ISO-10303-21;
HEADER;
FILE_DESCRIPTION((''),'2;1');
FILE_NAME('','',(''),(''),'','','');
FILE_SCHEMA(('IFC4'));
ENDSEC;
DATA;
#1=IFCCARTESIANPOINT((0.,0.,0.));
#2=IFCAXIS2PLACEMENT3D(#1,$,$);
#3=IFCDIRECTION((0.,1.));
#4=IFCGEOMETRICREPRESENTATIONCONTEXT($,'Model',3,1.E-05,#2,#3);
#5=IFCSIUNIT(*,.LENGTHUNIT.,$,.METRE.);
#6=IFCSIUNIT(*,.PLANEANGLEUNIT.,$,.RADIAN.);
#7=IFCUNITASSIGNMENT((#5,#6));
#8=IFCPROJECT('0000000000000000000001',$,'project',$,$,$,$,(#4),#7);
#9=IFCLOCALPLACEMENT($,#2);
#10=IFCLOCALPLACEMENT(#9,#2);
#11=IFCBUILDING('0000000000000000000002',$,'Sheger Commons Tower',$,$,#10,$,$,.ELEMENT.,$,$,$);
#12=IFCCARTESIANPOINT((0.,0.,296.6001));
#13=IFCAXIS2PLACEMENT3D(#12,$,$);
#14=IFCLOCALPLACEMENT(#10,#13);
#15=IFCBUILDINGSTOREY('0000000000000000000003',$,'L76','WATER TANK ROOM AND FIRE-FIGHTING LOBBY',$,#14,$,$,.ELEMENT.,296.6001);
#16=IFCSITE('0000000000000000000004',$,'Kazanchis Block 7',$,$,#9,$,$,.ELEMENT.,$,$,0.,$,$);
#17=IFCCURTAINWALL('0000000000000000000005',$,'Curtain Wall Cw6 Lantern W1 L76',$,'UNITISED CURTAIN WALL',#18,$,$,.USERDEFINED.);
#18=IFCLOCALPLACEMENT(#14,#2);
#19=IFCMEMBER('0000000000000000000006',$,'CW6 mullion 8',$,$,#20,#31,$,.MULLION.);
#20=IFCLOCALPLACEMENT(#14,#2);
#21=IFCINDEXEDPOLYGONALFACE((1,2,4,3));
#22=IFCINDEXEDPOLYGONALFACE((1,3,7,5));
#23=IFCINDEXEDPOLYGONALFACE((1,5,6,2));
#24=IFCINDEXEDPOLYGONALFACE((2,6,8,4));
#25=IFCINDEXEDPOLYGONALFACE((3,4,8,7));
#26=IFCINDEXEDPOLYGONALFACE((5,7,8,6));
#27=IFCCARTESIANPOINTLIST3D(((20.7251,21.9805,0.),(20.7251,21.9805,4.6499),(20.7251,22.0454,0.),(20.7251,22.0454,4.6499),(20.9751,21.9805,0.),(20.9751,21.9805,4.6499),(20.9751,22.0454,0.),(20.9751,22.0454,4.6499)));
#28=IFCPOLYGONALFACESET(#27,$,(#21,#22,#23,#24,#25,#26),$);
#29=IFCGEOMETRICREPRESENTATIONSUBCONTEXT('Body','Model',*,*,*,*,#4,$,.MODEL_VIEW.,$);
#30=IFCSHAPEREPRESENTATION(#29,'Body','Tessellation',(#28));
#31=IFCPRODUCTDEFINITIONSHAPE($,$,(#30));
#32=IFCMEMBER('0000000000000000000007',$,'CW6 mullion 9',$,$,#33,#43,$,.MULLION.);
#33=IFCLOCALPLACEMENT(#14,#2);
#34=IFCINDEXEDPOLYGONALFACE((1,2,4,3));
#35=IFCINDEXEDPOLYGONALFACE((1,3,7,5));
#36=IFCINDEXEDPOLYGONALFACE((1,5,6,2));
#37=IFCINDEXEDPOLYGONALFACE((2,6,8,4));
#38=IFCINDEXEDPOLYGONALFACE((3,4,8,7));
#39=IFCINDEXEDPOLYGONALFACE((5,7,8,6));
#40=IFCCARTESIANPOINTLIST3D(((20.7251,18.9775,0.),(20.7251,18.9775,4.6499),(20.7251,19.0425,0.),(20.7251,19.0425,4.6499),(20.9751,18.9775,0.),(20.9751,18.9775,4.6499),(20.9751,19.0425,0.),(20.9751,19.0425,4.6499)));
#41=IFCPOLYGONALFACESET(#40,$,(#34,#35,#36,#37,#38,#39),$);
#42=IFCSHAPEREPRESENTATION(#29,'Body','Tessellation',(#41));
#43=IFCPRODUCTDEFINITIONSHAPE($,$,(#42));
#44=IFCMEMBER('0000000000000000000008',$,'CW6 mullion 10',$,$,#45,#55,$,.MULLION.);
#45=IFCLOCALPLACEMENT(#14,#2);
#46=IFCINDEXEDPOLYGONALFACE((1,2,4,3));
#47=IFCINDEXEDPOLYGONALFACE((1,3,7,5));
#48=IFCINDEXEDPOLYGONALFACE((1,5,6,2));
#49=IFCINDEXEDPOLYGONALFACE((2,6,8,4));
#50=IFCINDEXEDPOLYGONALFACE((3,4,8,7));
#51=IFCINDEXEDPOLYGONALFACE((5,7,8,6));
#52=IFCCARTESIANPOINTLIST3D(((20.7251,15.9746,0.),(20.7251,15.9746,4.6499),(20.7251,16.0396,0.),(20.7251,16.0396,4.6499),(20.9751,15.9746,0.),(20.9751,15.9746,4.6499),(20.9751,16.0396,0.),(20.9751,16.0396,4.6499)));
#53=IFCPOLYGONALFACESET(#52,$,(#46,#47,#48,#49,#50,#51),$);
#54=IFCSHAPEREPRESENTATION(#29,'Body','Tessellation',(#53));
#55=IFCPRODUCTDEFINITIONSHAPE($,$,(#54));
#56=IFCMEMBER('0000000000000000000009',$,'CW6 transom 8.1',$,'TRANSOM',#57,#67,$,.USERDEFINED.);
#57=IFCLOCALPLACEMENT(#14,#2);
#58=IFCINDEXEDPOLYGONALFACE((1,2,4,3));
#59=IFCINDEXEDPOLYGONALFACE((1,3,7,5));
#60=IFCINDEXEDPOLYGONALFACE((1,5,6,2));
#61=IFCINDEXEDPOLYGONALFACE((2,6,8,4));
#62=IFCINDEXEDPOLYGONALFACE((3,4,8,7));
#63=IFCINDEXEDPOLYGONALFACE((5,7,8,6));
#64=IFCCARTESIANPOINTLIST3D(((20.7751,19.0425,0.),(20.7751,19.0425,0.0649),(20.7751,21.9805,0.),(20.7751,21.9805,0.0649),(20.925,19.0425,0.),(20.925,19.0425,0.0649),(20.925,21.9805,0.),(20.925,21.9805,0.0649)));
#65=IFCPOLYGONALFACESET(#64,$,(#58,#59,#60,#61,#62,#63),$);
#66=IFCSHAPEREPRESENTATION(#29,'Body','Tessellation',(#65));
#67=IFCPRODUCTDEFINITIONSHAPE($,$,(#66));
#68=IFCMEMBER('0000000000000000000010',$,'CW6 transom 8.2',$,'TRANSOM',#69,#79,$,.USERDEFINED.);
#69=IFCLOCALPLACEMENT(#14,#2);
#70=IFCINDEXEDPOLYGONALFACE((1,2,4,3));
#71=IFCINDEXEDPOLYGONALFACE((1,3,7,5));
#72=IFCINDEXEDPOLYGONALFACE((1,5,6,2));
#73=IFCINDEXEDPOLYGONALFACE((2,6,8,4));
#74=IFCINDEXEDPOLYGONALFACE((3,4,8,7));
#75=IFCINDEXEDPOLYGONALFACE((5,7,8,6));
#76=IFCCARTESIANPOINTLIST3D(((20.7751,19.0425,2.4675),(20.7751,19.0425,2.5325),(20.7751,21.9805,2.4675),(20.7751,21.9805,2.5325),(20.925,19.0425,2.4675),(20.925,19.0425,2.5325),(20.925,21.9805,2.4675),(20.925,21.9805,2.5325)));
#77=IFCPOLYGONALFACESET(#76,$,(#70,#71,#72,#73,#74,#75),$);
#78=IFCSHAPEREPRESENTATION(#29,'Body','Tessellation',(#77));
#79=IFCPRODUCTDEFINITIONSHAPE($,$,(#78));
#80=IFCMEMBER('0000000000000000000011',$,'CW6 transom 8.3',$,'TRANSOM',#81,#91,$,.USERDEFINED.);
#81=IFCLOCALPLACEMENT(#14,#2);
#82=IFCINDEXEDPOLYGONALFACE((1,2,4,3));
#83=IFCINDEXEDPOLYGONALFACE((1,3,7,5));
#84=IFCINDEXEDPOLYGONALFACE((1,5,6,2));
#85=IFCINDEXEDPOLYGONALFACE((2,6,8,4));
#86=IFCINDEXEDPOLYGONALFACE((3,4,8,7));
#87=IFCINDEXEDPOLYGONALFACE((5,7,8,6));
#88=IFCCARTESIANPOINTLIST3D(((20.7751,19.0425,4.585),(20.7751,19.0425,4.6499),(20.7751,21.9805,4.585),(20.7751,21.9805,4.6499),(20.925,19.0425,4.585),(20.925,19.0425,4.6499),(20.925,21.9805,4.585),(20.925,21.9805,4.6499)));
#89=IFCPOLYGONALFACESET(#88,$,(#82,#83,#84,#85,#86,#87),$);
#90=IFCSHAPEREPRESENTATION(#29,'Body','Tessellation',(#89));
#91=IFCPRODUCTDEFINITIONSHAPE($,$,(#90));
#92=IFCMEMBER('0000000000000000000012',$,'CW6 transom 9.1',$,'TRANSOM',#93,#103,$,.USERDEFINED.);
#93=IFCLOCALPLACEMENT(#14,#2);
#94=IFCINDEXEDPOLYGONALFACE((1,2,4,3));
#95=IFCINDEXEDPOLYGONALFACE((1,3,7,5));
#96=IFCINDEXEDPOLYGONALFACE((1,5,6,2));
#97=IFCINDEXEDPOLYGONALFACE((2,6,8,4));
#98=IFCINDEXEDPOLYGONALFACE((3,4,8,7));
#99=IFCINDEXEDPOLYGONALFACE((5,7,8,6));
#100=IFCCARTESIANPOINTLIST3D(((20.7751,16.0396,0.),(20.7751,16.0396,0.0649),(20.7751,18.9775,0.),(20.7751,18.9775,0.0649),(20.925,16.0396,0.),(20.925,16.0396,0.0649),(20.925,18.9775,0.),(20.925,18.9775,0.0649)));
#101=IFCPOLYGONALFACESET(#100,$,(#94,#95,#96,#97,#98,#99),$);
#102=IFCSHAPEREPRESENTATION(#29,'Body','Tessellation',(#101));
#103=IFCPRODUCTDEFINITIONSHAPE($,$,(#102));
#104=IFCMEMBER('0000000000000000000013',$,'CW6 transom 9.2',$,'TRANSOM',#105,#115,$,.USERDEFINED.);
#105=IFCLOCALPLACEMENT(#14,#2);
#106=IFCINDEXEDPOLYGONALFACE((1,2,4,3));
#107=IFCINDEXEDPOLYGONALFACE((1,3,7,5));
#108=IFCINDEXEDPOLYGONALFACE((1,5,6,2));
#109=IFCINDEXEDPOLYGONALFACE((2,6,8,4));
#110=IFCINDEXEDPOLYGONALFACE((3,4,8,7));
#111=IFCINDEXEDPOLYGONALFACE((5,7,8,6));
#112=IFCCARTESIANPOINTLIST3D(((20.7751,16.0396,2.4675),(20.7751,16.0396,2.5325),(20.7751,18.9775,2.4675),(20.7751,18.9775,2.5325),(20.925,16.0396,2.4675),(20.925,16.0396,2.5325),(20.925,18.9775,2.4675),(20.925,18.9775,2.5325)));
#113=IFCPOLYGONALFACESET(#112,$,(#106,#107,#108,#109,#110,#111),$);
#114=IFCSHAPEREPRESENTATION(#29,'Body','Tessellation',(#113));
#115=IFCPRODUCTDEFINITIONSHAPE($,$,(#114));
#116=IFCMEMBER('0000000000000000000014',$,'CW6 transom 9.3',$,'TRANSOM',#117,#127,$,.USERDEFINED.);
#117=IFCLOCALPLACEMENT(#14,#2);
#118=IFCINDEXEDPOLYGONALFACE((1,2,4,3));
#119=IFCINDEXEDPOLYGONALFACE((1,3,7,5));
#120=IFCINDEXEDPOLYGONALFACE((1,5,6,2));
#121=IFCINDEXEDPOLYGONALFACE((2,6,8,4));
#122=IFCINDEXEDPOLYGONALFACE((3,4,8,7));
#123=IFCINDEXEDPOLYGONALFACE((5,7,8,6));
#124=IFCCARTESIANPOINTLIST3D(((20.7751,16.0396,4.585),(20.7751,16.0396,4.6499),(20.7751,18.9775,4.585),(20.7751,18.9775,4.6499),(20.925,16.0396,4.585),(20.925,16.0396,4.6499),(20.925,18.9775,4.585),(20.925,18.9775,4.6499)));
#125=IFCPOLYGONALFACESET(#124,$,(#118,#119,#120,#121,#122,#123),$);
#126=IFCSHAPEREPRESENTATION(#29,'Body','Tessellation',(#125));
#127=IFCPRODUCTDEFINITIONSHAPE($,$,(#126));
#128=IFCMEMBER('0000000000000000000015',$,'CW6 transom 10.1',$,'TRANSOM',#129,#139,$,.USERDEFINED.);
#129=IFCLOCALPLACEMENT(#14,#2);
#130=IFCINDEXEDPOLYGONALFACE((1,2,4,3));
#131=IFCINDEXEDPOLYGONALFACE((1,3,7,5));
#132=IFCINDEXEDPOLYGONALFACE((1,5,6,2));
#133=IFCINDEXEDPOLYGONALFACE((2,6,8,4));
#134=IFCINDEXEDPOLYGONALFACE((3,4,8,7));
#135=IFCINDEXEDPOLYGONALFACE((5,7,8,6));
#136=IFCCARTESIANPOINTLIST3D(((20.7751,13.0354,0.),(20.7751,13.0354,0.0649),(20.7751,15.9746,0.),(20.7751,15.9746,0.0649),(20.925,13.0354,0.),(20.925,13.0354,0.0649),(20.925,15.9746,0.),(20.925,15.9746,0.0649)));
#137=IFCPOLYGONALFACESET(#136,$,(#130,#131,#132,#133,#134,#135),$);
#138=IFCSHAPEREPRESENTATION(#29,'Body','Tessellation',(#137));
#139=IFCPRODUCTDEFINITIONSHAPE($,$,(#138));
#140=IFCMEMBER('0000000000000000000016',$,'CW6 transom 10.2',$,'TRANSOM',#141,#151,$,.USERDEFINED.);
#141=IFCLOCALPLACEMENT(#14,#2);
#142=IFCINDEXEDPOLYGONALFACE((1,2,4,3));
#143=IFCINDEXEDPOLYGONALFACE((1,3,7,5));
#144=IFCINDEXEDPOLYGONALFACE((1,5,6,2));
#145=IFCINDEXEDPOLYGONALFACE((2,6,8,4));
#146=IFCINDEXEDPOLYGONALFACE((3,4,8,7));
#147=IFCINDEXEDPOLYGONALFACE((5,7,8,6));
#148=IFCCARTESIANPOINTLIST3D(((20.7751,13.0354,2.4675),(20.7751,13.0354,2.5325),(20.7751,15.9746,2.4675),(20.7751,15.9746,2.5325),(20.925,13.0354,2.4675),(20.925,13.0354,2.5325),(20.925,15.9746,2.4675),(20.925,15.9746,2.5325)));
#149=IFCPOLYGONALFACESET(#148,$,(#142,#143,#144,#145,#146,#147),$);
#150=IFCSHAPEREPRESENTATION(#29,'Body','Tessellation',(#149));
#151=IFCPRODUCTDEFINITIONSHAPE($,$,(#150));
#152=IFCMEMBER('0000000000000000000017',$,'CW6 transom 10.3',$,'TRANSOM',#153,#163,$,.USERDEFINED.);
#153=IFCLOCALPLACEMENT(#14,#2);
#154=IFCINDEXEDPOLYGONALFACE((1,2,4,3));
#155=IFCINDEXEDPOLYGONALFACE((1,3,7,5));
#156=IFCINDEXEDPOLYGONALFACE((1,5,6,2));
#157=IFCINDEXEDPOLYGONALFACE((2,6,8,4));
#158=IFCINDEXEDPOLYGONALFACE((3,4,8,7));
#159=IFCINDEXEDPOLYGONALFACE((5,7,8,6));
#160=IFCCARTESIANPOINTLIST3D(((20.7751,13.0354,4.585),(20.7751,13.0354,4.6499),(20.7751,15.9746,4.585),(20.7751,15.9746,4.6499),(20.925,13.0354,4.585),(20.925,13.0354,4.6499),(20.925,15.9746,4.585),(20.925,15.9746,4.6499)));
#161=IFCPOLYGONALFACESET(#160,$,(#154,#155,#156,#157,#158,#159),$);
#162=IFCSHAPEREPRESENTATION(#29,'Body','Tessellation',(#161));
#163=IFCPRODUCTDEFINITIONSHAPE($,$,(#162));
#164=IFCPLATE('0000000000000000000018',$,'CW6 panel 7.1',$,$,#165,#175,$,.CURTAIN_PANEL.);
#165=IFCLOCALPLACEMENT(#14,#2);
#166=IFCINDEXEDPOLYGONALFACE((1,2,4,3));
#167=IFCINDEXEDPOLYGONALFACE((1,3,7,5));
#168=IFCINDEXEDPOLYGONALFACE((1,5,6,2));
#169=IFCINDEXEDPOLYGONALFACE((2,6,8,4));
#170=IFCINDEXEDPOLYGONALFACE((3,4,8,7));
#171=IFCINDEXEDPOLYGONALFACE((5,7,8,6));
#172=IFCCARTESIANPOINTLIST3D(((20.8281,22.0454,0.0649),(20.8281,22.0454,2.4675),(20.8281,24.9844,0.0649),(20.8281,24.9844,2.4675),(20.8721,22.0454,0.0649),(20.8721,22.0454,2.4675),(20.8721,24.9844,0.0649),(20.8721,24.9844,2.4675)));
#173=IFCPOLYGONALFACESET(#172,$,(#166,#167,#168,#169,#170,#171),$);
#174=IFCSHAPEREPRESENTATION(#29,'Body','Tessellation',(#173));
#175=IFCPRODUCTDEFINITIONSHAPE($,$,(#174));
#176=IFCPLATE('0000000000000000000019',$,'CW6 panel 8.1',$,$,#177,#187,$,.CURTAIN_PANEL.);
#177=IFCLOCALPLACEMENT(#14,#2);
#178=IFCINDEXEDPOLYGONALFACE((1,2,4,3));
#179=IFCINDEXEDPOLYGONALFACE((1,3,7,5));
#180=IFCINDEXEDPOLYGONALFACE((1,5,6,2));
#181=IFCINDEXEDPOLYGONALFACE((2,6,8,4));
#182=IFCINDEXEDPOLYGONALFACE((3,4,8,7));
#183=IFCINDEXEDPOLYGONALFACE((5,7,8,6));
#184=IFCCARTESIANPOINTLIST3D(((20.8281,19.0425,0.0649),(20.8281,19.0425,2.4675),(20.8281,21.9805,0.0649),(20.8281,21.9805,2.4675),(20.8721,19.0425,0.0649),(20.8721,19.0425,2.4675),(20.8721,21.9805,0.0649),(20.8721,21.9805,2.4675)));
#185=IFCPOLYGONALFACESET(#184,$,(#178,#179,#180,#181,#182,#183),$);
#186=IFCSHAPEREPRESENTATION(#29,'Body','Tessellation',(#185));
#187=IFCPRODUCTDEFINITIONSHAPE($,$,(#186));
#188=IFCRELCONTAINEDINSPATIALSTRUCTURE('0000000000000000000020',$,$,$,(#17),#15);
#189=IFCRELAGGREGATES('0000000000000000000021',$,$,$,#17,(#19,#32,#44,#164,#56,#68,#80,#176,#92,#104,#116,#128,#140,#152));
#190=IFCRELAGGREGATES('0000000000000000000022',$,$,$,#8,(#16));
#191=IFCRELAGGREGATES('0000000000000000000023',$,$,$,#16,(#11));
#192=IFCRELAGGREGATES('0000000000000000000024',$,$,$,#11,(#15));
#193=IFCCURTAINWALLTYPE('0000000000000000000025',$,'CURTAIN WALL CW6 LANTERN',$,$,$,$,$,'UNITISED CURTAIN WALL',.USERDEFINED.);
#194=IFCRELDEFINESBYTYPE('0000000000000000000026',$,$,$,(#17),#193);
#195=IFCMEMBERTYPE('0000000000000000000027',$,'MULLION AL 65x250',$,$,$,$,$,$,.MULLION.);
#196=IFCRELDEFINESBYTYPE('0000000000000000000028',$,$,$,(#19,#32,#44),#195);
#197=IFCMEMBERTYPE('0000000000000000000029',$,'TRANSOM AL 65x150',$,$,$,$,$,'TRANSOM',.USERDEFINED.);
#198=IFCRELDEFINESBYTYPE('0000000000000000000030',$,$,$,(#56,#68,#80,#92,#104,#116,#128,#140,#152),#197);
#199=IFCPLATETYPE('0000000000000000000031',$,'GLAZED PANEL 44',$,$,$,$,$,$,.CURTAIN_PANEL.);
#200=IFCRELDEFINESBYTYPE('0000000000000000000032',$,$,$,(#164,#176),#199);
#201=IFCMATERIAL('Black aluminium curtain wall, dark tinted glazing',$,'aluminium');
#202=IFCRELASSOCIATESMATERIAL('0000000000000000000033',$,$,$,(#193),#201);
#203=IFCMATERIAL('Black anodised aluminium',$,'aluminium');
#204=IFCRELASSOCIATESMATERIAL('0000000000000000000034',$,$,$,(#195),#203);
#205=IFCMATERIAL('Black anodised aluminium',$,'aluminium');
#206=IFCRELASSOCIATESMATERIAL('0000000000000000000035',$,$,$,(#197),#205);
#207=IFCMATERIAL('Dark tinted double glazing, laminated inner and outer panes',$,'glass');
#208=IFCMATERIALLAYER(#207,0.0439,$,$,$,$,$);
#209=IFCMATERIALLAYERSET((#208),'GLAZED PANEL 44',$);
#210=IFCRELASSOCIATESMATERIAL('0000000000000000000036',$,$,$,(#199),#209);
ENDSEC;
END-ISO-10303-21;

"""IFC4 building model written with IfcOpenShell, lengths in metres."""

from ifc_helpers import new_model, si_unit, direction, frame, origin, origin_2d, place, context, subcontext, project, spatial, rectangle, extrude, material, layer, layer_set, material_profile, profile_set, type_object, element, aggregate, save


model = new_model("IFC4")

# Units and contexts
model_context = context("Model", 3, precision=1e-05, world=origin(), true_north=direction((0.0, 1.0)))
body_context = subcontext(model_context, "Body", "Model", "MODEL_VIEW")
ifc_project = project(units=[si_unit("LENGTHUNIT", "METRE"), si_unit("PLANEANGLEUNIT", "RADIAN")], contexts=[model_context])

# Site, building, storey
site_placement = place(None, origin())
site = spatial("IfcSite", under=ifc_project, at=site_placement, Name="Kazanchis Block 7", CompositionType="ELEMENT", RefElevation=0.0)
building_placement = place(site_placement, origin())
building = spatial("IfcBuilding", under=site, at=building_placement, Name="Sheger Commons Tower", CompositionType="ELEMENT")
storey_placement = place(building_placement, frame((0.0, 0.0, 296.6001)))
storey = spatial("IfcBuildingStorey", under=building, at=storey_placement, Name="L76", Description="WATER TANK ROOM AND FIRE-FIGHTING LOBBY", CompositionType="ELEMENT", Elevation=296.6001)

# Curtain wall, members, plates
ifc_material_1 = material(Name="Black aluminium curtain wall, dark tinted glazing", Category="aluminium")
curtain_wall_type = type_object("IfcCurtainWallType", Name="CURTAIN WALL CW6 LANTERN", ElementType="UNITISED CURTAIN WALL", PredefinedType="USERDEFINED", material=ifc_material_1)
curtain_wall_placement = place(storey_placement, origin())
curtain_wall = element("IfcCurtainWall", 1, at=curtain_wall_placement, inside=storey, type_object=curtain_wall_type, Name="Curtain Wall Cw6 Lantern W1 L76", ObjectType="UNITISED CURTAIN WALL", PredefinedType="USERDEFINED")
ifc_material_2 = material(Name="Black anodised aluminium", Category="aluminium")
ifc_material_profile_1 = material_profile(ifc_material_2, rectangle(XDim=0.25, YDim=0.0649, at=origin_2d()), Name="AL 65x250")
ifc_profile_set_1 = profile_set([ifc_material_profile_1], Name="Black anodised aluminium")
member_type_1 = type_object("IfcMemberType", Name="MULLION AL 65x250", PredefinedType="MULLION", material=ifc_profile_set_1)
member_1_placement = place(storey_placement, frame((20.8501, 22.0129, 0.0), z_axis=(0.0, 0.0, 1.0), x_axis=(1.0, 0.0, 0.0)))
member_1 = element("IfcMember", 2, at=member_1_placement, type_object=member_type_1, Name="CW6 mullion 8", PredefinedType="MULLION", context=body_context, shape_type="SweptSolid", body=[
    extrude(rectangle(XDim=0.25, YDim=0.0649, at=origin_2d()), origin(), (0.0, 0.0, 1.0), 4.6499),
])
member_2_placement = place(storey_placement, frame((20.8501, 19.01, 0.0), z_axis=(0.0, 0.0, 1.0), x_axis=(1.0, 0.0, 0.0)))
member_2 = element("IfcMember", 3, at=member_2_placement, type_object=member_type_1, Name="CW6 mullion 9", PredefinedType="MULLION", context=body_context, shape_type="SweptSolid", body=[
    extrude(rectangle(XDim=0.25, YDim=0.0649, at=origin_2d()), origin(), (0.0, 0.0, 1.0), 4.6499),
])
member_3_placement = place(storey_placement, frame((20.8501, 16.0071, 0.0), z_axis=(0.0, 0.0, 1.0), x_axis=(1.0, 0.0, 0.0)))
member_3 = element("IfcMember", 4, at=member_3_placement, type_object=member_type_1, Name="CW6 mullion 10", PredefinedType="MULLION", context=body_context, shape_type="SweptSolid", body=[
    extrude(rectangle(XDim=0.25, YDim=0.0649, at=origin_2d()), origin(), (0.0, 0.0, 1.0), 4.6499),
])
ifc_material_3 = material(Name="Black anodised aluminium", Category="aluminium")
ifc_material_profile_2 = material_profile(ifc_material_3, rectangle(XDim=0.1499, YDim=0.0649, at=origin_2d()), Name="AL 65x150")
ifc_profile_set_2 = profile_set([ifc_material_profile_2], Name="Black anodised aluminium")
member_type_2 = type_object("IfcMemberType", Name="TRANSOM AL 65x150", ElementType="TRANSOM", PredefinedType="USERDEFINED", material=ifc_profile_set_2)
member_4_placement = place(storey_placement, frame((20.8501, 21.9805, 0.0325), z_axis=(0.0, -1.0, 0.0), x_axis=(1.0, 0.0, 0.0)))
member_4 = element("IfcMember", 5, at=member_4_placement, type_object=member_type_2, Name="CW6 transom 8.1", ObjectType="TRANSOM", PredefinedType="USERDEFINED", context=body_context, shape_type="SweptSolid", body=[
    extrude(rectangle(XDim=0.1499, YDim=0.0649, at=origin_2d()), origin(), (0.0, 0.0, 1.0), 2.938),
])
member_5_placement = place(storey_placement, frame((20.8501, 21.9805, 2.5), z_axis=(0.0, -1.0, 0.0), x_axis=(1.0, 0.0, 0.0)))
member_5 = element("IfcMember", 6, at=member_5_placement, type_object=member_type_2, Name="CW6 transom 8.2", ObjectType="TRANSOM", PredefinedType="USERDEFINED", context=body_context, shape_type="SweptSolid", body=[
    extrude(rectangle(XDim=0.1499, YDim=0.0649, at=origin_2d()), origin(), (0.0, 0.0, 1.0), 2.938),
])
member_6_placement = place(storey_placement, frame((20.8501, 21.9805, 4.6174), z_axis=(0.0, -1.0, 0.0), x_axis=(1.0, 0.0, 0.0)))
member_6 = element("IfcMember", 7, at=member_6_placement, type_object=member_type_2, Name="CW6 transom 8.3", ObjectType="TRANSOM", PredefinedType="USERDEFINED", context=body_context, shape_type="SweptSolid", body=[
    extrude(rectangle(XDim=0.1499, YDim=0.0649, at=origin_2d()), origin(), (0.0, 0.0, 1.0), 2.938),
])
member_7_placement = place(storey_placement, frame((20.8501, 18.9775, 0.0325), z_axis=(0.0, -1.0, 0.0), x_axis=(1.0, 0.0, 0.0)))
member_7 = element("IfcMember", 8, at=member_7_placement, type_object=member_type_2, Name="CW6 transom 9.1", ObjectType="TRANSOM", PredefinedType="USERDEFINED", context=body_context, shape_type="SweptSolid", body=[
    extrude(rectangle(XDim=0.1499, YDim=0.0649, at=origin_2d()), origin(), (0.0, 0.0, 1.0), 2.938),
])
member_8_placement = place(storey_placement, frame((20.8501, 18.9775, 2.5), z_axis=(0.0, -1.0, 0.0), x_axis=(1.0, 0.0, 0.0)))
member_8 = element("IfcMember", 9, at=member_8_placement, type_object=member_type_2, Name="CW6 transom 9.2", ObjectType="TRANSOM", PredefinedType="USERDEFINED", context=body_context, shape_type="SweptSolid", body=[
    extrude(rectangle(XDim=0.1499, YDim=0.0649, at=origin_2d()), origin(), (0.0, 0.0, 1.0), 2.938),
])
member_9_placement = place(storey_placement, frame((20.8501, 18.9775, 4.6174), z_axis=(0.0, -1.0, 0.0), x_axis=(1.0, 0.0, 0.0)))
member_9 = element("IfcMember", 10, at=member_9_placement, type_object=member_type_2, Name="CW6 transom 9.3", ObjectType="TRANSOM", PredefinedType="USERDEFINED", context=body_context, shape_type="SweptSolid", body=[
    extrude(rectangle(XDim=0.1499, YDim=0.0649, at=origin_2d()), origin(), (0.0, 0.0, 1.0), 2.938),
])
member_10_placement = place(storey_placement, frame((20.8501, 15.9746, 0.0325), z_axis=(0.0, -1.0, 0.0), x_axis=(1.0, 0.0, 0.0)))
member_10 = element("IfcMember", 11, at=member_10_placement, type_object=member_type_2, Name="CW6 transom 10.1", ObjectType="TRANSOM", PredefinedType="USERDEFINED", context=body_context, shape_type="SweptSolid", body=[
    extrude(rectangle(XDim=0.1499, YDim=0.0649, at=origin_2d()), origin(), (0.0, 0.0, 1.0), 2.9392),
])
member_11_placement = place(storey_placement, frame((20.8501, 15.9746, 2.5), z_axis=(0.0, -1.0, 0.0), x_axis=(1.0, 0.0, 0.0)))
member_11 = element("IfcMember", 12, at=member_11_placement, type_object=member_type_2, Name="CW6 transom 10.2", ObjectType="TRANSOM", PredefinedType="USERDEFINED", context=body_context, shape_type="SweptSolid", body=[
    extrude(rectangle(XDim=0.1499, YDim=0.0649, at=origin_2d()), origin(), (0.0, 0.0, 1.0), 2.9392),
])
member_12_placement = place(storey_placement, frame((20.8501, 15.9746, 4.6174), z_axis=(0.0, -1.0, 0.0), x_axis=(1.0, 0.0, 0.0)))
member_12 = element("IfcMember", 13, at=member_12_placement, type_object=member_type_2, Name="CW6 transom 10.3", ObjectType="TRANSOM", PredefinedType="USERDEFINED", context=body_context, shape_type="SweptSolid", body=[
    extrude(rectangle(XDim=0.1499, YDim=0.0649, at=origin_2d()), origin(), (0.0, 0.0, 1.0), 2.9392),
])
ifc_material_4 = material(Name="Dark tinted double glazing, laminated inner and outer panes", Category="glass")
ifc_layer_1 = layer(ifc_material_4, 0.0439)
ifc_layer_set_1 = layer_set([ifc_layer_1], Name="GLAZED PANEL 44")
plate_type = type_object("IfcPlateType", Name="GLAZED PANEL 44", PredefinedType="CURTAIN_PANEL", material=ifc_layer_set_1)
plate_1_placement = place(storey_placement, frame((20.8501, 23.5149, 0.0649), z_axis=(0.0, 0.0, 1.0), x_axis=(0.0, -1.0, 0.0)))
plate_1 = element("IfcPlate", 14, at=plate_1_placement, type_object=plate_type, Name="CW6 panel 7.1", PredefinedType="CURTAIN_PANEL", context=body_context, shape_type="SweptSolid", body=[
    extrude(rectangle(XDim=2.939, YDim=0.0439, at=origin_2d()), origin(), (0.0, 0.0, 1.0), 2.4026),
])
plate_2_placement = place(storey_placement, frame((20.8501, 20.5115, 0.0649), z_axis=(0.0, 0.0, 1.0), x_axis=(0.0, -1.0, 0.0)))
plate_2 = element("IfcPlate", 15, at=plate_2_placement, type_object=plate_type, Name="CW6 panel 8.1", PredefinedType="CURTAIN_PANEL", context=body_context, shape_type="SweptSolid", body=[
    extrude(rectangle(XDim=2.938, YDim=0.0439, at=origin_2d()), origin(), (0.0, 0.0, 1.0), 2.4026),
])
aggregate(curtain_wall, [member_1, member_2, member_3, plate_1, member_4, member_5, member_6, plate_2, member_7, member_8, member_9, member_10, member_11, member_12])

save(model, "model.ifc")
